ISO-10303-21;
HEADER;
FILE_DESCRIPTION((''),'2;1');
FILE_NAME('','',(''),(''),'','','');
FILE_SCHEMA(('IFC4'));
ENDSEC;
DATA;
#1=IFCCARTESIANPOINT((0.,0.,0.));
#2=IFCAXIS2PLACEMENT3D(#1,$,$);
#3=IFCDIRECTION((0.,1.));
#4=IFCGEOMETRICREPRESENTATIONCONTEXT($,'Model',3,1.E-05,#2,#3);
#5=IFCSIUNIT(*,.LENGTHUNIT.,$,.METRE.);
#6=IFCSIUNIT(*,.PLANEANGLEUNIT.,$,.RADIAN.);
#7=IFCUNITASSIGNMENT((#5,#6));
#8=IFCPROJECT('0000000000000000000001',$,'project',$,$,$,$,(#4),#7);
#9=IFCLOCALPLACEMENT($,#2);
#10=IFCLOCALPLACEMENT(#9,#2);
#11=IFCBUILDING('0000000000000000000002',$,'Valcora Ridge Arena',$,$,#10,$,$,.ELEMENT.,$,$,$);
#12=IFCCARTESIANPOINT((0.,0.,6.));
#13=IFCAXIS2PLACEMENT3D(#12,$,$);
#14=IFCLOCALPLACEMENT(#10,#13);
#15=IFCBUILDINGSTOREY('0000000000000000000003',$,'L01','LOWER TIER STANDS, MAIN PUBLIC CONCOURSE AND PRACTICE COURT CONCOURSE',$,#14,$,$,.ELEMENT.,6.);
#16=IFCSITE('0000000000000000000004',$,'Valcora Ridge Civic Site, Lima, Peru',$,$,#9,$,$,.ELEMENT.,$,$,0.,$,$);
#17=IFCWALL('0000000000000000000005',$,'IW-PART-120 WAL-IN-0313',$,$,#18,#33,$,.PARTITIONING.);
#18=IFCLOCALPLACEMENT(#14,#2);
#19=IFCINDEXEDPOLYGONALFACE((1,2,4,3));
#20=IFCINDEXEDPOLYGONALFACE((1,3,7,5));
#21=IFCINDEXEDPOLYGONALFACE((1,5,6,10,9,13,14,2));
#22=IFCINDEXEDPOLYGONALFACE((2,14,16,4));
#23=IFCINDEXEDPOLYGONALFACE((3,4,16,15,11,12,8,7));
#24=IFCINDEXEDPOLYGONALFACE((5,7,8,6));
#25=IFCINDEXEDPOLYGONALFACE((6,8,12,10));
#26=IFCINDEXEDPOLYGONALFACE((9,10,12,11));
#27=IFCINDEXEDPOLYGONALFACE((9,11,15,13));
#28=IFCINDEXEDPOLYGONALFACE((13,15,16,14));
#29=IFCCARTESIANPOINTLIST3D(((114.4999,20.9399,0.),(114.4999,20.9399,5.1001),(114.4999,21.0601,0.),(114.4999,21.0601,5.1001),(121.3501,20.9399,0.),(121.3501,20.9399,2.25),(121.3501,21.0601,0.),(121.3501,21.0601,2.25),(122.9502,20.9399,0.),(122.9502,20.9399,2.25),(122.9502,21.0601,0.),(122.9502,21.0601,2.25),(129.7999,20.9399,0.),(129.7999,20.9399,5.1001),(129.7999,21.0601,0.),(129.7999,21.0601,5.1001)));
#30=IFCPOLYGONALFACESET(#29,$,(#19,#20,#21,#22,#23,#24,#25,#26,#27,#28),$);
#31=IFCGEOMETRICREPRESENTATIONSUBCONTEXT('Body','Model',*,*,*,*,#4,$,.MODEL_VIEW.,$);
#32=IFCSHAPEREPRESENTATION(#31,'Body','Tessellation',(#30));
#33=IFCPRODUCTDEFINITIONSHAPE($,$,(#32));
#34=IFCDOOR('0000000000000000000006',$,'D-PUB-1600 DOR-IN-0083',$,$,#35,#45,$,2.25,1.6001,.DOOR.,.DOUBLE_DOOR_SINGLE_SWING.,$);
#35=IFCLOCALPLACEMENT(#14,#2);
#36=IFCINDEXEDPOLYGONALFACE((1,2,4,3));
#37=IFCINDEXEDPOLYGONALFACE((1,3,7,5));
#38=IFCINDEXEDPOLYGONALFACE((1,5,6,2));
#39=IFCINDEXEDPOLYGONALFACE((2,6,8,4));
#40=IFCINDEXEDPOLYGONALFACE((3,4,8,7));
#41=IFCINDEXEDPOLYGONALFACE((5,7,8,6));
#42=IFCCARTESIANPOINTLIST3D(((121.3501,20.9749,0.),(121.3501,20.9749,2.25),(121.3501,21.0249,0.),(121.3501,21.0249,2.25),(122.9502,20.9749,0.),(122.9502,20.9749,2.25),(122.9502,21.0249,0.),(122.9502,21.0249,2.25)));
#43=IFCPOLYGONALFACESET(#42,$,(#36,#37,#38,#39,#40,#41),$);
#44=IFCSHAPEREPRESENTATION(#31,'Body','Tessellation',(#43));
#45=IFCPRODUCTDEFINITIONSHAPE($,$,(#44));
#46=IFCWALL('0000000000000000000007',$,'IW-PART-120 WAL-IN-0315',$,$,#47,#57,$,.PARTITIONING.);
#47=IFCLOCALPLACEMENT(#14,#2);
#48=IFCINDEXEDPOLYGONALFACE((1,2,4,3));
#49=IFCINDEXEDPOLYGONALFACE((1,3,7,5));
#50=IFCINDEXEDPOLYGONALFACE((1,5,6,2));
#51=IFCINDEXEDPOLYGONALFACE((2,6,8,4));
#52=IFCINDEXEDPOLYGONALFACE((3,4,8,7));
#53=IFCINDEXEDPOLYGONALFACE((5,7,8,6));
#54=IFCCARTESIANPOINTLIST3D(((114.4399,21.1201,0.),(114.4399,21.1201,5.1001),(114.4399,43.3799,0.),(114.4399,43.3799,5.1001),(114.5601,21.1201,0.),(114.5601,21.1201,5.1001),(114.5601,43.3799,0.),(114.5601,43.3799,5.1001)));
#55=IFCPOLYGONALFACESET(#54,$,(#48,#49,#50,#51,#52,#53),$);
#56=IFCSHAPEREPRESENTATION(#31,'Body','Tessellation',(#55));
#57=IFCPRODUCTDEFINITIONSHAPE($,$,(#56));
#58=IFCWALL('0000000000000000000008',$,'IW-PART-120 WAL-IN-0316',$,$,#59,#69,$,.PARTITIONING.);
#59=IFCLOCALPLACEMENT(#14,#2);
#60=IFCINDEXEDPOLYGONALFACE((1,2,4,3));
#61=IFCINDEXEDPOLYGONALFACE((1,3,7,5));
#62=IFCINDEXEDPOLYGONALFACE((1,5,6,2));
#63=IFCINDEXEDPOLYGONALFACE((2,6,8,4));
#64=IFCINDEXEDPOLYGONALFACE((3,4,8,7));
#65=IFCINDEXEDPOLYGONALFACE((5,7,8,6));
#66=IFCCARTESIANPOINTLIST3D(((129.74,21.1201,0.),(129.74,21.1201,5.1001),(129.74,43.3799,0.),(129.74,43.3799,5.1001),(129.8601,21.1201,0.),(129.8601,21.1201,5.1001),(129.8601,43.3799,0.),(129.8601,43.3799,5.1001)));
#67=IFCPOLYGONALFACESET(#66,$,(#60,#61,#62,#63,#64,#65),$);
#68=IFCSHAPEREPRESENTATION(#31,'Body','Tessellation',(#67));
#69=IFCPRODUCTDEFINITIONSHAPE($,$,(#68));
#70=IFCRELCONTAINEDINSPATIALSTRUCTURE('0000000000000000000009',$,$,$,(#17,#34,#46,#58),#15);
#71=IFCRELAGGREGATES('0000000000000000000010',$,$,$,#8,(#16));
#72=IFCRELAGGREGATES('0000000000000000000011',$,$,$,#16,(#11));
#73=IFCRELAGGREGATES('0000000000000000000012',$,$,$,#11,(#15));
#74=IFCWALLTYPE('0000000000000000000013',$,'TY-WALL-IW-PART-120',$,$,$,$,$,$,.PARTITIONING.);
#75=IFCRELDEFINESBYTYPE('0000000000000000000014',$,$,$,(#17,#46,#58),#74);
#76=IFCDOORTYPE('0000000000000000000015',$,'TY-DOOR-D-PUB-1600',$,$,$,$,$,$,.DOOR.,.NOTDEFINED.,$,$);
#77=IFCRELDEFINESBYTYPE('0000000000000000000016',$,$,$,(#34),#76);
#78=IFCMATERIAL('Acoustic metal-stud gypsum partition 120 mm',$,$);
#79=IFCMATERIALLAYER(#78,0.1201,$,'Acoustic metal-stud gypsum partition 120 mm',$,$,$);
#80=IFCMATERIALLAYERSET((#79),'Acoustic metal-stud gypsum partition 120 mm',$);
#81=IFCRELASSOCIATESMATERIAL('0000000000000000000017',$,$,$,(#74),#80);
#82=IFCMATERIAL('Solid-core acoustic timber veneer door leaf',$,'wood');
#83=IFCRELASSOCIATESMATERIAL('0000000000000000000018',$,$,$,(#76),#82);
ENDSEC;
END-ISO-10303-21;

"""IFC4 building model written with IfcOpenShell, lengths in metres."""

from ifc_helpers import new_model, si_unit, direction, frame, frame_2d, origin, place, context, subcontext, project, spatial, rectangle, extrude, material, layer, layer_set, type_object, element, fill, save


model = new_model("IFC4")

# Units and contexts
model_context = context("Model", 3, precision=1e-05, world=origin(), true_north=direction((0.0, 1.0)))
body_context = subcontext(model_context, "Body", "Model", "MODEL_VIEW")
ifc_project = project(units=[si_unit("LENGTHUNIT", "METRE"), si_unit("PLANEANGLEUNIT", "RADIAN")], contexts=[model_context])

# Site, building, storey
site_placement = place(None, origin())
site = spatial("IfcSite", under=ifc_project, at=site_placement, Name="Valcora Ridge Civic Site, Lima, Peru", CompositionType="ELEMENT", RefElevation=0.0)
building_placement = place(site_placement, origin())
building = spatial("IfcBuilding", under=site, at=building_placement, Name="Valcora Ridge Arena", CompositionType="ELEMENT")
storey_placement = place(building_placement, frame((0.0, 0.0, 6.0)))
storey = spatial("IfcBuildingStorey", under=building, at=storey_placement, Name="L01", Description="LOWER TIER STANDS, MAIN PUBLIC CONCOURSE AND PRACTICE COURT CONCOURSE", CompositionType="ELEMENT", Elevation=6.0)

# Wall, opening, door
ifc_material_1 = material(Name="Acoustic metal-stud gypsum partition 120 mm")
ifc_layer_1 = layer(ifc_material_1, 0.1201, Name="Acoustic metal-stud gypsum partition 120 mm")
ifc_layer_set_1 = layer_set([ifc_layer_1], Name="Acoustic metal-stud gypsum partition 120 mm")
wall_type = type_object("IfcWallType", Name="TY-WALL-IW-PART-120", PredefinedType="PARTITIONING", material=ifc_layer_set_1)
wall_placement = place(storey_placement, frame((114.5, 21.0, 0.0), z_axis=(0.0, 0.0, 1.0), x_axis=(1.0, 0.0, 0.0)))
wall = element("IfcWall", 1, at=wall_placement, inside=storey, type_object=wall_type, Name="IW-PART-120 WAL-IN-0313", PredefinedType="PARTITIONING", context=body_context, shape_type="SweptSolid", body=[
    extrude(rectangle(XDim=15.3, YDim=0.1201, at=frame_2d((7.6499, 0.0))), origin(), (0.0, 0.0, 1.0), 5.1001),
])
opening_placement = place(wall_placement, frame((6.8501, 0.0, 0.0)))
opening = element("IfcOpeningElement", 2, at=opening_placement, cuts=wall, PredefinedType="OPENING", context=body_context, shape_type="SweptSolid", body=[
    extrude(rectangle(XDim=1.6001, YDim=2.25, at=frame_2d((0.8, 1.125))), frame((0.0, 0.0701, 0.0), z_axis=(0.0, -1.0, 0.0), x_axis=(1.0, 0.0, 0.0)), (0.0, 0.0, 1.0), 0.1401),
])
ifc_material_2 = material(Name="Solid-core acoustic timber veneer door leaf", Category="wood")
door_type = type_object("IfcDoorType", Name="TY-DOOR-D-PUB-1600", OperationType="NOTDEFINED", PredefinedType="DOOR", material=ifc_material_2)
door_placement = place(opening_placement, origin())
door = element("IfcDoor", 3, at=door_placement, inside=storey, type_object=door_type, Name="D-PUB-1600 DOR-IN-0083", OperationType="DOUBLE_DOOR_SINGLE_SWING", OverallHeight=2.25, OverallWidth=1.6001, PredefinedType="DOOR", context=body_context, shape_type="SweptSolid", body=[
    extrude(rectangle(XDim=1.6001, YDim=2.25, at=frame_2d((0.8, 1.125))), frame((0.0, 0.0249, 0.0), z_axis=(0.0, -1.0, 0.0), x_axis=(1.0, 0.0, 0.0)), (0.0, 0.0, 1.0), 0.05),
])
fill(opening, door)

# Walls
for number, where, z_axis, x_axis, name in (
    (4, (114.5, 21.1201, 0.0), (0.0, 0.0, 1.0), (0.0, 1.0, 0.0), "IW-PART-120 WAL-IN-0315"),
    (5, (129.8, 21.1201, 0.0), (0.0, 0.0, 1.0), (0.0, 1.0, 0.0), "IW-PART-120 WAL-IN-0316"),
):
    element("IfcWall", number, at=place(storey_placement, frame(where, z_axis=z_axis, x_axis=x_axis)), inside=storey, type_object=wall_type, Name=name, PredefinedType="PARTITIONING", context=body_context, shape_type="SweptSolid", body=[
        extrude(rectangle(XDim=22.2598, YDim=0.1201, at=frame_2d((11.1299, 0.0))), origin(), (0.0, 0.0, 1.0), 5.1001),
    ])

save(model, "model.ifc")
